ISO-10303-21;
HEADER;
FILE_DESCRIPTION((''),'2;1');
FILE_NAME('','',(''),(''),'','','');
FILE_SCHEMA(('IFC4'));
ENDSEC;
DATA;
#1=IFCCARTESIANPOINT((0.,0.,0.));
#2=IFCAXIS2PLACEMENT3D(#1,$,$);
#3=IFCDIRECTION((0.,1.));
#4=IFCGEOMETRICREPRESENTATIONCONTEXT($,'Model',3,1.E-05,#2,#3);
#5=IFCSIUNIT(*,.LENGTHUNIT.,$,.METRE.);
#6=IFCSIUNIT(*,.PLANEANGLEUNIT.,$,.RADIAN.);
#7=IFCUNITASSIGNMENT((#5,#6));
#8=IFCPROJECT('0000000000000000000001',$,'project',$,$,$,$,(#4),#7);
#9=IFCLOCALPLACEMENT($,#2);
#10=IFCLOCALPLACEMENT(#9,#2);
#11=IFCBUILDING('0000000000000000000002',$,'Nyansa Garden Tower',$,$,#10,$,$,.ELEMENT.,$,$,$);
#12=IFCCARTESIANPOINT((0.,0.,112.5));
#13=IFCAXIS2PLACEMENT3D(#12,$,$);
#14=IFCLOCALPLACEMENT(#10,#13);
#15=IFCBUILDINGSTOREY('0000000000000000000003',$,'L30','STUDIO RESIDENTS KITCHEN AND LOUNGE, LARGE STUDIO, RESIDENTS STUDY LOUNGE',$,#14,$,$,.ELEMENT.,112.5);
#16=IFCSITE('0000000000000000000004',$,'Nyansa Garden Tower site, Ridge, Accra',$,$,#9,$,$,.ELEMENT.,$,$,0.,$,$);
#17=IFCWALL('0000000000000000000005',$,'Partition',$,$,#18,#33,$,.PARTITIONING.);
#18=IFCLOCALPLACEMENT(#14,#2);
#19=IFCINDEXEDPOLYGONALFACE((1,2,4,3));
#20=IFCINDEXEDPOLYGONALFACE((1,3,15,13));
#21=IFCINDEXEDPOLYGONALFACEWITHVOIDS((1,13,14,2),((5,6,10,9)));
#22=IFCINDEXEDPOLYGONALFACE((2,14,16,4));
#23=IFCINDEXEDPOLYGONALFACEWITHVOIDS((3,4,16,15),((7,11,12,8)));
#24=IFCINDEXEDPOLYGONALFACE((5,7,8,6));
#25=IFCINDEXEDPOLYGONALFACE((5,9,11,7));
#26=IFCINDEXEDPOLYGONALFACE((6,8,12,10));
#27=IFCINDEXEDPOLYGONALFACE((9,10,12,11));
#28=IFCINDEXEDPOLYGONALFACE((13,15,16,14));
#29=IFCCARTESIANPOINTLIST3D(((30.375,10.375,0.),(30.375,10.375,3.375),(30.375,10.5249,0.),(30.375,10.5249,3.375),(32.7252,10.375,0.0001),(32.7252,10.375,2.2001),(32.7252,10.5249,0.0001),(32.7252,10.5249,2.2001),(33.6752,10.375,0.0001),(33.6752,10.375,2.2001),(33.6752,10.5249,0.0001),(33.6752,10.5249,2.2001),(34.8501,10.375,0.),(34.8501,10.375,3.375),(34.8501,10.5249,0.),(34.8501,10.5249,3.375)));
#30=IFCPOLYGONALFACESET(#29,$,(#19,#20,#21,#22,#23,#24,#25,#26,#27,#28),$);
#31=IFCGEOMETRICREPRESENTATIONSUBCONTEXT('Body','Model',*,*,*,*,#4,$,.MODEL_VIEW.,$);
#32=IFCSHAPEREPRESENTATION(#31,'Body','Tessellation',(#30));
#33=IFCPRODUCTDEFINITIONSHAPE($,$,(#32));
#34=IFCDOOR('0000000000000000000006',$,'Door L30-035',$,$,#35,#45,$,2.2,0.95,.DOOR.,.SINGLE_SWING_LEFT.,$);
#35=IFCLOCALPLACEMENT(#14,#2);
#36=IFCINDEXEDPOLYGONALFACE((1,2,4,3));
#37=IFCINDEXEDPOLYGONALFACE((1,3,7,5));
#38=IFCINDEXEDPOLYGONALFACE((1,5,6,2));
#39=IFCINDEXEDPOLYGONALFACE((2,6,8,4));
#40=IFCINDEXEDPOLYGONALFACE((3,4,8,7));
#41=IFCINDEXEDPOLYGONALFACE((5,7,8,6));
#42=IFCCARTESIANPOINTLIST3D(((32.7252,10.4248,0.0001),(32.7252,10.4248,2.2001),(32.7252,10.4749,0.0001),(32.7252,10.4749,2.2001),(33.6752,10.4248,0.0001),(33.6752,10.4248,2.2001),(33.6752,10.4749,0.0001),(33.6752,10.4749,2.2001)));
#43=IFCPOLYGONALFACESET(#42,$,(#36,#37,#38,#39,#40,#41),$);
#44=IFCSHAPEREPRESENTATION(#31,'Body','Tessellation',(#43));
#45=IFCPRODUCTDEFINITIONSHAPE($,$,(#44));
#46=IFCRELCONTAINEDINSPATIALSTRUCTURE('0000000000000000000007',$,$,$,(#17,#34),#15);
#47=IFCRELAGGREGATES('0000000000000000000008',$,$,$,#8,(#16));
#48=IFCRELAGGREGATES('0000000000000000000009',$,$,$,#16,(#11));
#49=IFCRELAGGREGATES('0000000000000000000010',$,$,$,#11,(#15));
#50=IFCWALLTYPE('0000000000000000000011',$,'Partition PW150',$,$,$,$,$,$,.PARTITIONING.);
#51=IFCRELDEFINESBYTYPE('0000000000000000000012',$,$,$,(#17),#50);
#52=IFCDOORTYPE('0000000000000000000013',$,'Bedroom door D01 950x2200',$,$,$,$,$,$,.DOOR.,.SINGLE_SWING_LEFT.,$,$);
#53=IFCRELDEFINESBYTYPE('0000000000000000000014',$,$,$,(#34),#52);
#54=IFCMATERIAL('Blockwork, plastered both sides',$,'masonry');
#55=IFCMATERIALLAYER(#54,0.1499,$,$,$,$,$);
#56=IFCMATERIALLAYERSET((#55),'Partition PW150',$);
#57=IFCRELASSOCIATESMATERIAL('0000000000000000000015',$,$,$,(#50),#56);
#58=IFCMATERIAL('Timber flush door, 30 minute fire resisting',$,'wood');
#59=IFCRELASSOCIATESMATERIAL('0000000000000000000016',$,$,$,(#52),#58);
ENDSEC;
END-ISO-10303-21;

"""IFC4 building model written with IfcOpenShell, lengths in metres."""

from ifc_helpers import new_model, si_unit, direction, frame, frame_2d, origin, place, context, subcontext, project, spatial, rectangle, extrude, material, layer, layer_set, type_object, element, fill, save


model = new_model("IFC4")

# Units and contexts
model_context = context("Model", 3, precision=1e-05, world=origin(), true_north=direction((0.0, 1.0)))
body_context = subcontext(model_context, "Body", "Model", "MODEL_VIEW")
ifc_project = project(units=[si_unit("LENGTHUNIT", "METRE"), si_unit("PLANEANGLEUNIT", "RADIAN")], contexts=[model_context])

# Site, building, storey
site_placement = place(None, origin())
site = spatial("IfcSite", under=ifc_project, at=site_placement, Name="Nyansa Garden Tower site, Ridge, Accra", CompositionType="ELEMENT", RefElevation=0.0)
building_placement = place(site_placement, origin())
building = spatial("IfcBuilding", under=site, at=building_placement, Name="Nyansa Garden Tower", CompositionType="ELEMENT")
storey_placement = place(building_placement, frame((0.0, 0.0, 112.5)))
storey = spatial("IfcBuildingStorey", under=building, at=storey_placement, Name="L30", Description="STUDIO RESIDENTS KITCHEN AND LOUNGE, LARGE STUDIO, RESIDENTS STUDY LOUNGE", CompositionType="ELEMENT", Elevation=112.5)

# Shared definitions
ifc_material_1 = material(Name="Blockwork, plastered both sides", Category="masonry")
ifc_layer_1 = layer(ifc_material_1, 0.1499)
ifc_layer_set_1 = layer_set([ifc_layer_1], Name="Partition PW150")
wall_type_1 = type_object("IfcWallType", Name="Partition PW150", PredefinedType="PARTITIONING", material=ifc_layer_set_1)
ifc_material_2 = material(Name="Timber flush door, 30 minute fire resisting", Category="wood")
door_type_1 = type_object("IfcDoorType", Name="Bedroom door D01 950x2200", OperationType="SINGLE_SWING_LEFT", PredefinedType="DOOR", material=ifc_material_2)

# Wall, opening, door
wall_1_placement = place(storey_placement, frame((30.375, 10.45, 0.0), z_axis=(0.0, 0.0, 1.0), x_axis=(1.0, 0.0, 0.0)))
wall_1 = element("IfcWall", 1, at=wall_1_placement, inside=storey, type_object=wall_type_1, Name="Partition", PredefinedType="PARTITIONING", context=body_context, shape_type="SweptSolid", body=[
    extrude(rectangle(XDim=4.4751, YDim=0.1499, at=frame_2d((2.2375, 0.0))), origin(), (0.0, 0.0, 1.0), 3.375),
])
opening_1_placement = place(wall_1_placement, frame((2.3501, 0.0, 0.0)))
opening_1 = element("IfcOpeningElement", 2, at=opening_1_placement, cuts=wall_1, PredefinedType="OPENING", context=body_context, shape_type="SweptSolid", body=[
    extrude(rectangle(XDim=0.95, YDim=2.2, at=frame_2d((0.4751, 1.1001))), frame((0.0, 0.085, 0.0), z_axis=(0.0, -1.0, 0.0), x_axis=(1.0, 0.0, 0.0)), (0.0, 0.0, 1.0), 0.1699),
])
door_1_placement = place(opening_1_placement, origin())
door_1 = element("IfcDoor", 3, at=door_1_placement, inside=storey, type_object=door_type_1, Name="Door L30-035", OperationType="SINGLE_SWING_LEFT", OverallHeight=2.2, OverallWidth=0.95, PredefinedType="DOOR", context=body_context, shape_type="SweptSolid", body=[
    extrude(rectangle(XDim=0.95, YDim=2.2, at=frame_2d((0.4751, 1.1001))), frame((0.0, 0.0249, 0.0), z_axis=(0.0, -1.0, 0.0), x_axis=(1.0, 0.0, 0.0)), (0.0, 0.0, 1.0), 0.05),
])
fill(opening_1, door_1)

save(model, "model.ifc")
